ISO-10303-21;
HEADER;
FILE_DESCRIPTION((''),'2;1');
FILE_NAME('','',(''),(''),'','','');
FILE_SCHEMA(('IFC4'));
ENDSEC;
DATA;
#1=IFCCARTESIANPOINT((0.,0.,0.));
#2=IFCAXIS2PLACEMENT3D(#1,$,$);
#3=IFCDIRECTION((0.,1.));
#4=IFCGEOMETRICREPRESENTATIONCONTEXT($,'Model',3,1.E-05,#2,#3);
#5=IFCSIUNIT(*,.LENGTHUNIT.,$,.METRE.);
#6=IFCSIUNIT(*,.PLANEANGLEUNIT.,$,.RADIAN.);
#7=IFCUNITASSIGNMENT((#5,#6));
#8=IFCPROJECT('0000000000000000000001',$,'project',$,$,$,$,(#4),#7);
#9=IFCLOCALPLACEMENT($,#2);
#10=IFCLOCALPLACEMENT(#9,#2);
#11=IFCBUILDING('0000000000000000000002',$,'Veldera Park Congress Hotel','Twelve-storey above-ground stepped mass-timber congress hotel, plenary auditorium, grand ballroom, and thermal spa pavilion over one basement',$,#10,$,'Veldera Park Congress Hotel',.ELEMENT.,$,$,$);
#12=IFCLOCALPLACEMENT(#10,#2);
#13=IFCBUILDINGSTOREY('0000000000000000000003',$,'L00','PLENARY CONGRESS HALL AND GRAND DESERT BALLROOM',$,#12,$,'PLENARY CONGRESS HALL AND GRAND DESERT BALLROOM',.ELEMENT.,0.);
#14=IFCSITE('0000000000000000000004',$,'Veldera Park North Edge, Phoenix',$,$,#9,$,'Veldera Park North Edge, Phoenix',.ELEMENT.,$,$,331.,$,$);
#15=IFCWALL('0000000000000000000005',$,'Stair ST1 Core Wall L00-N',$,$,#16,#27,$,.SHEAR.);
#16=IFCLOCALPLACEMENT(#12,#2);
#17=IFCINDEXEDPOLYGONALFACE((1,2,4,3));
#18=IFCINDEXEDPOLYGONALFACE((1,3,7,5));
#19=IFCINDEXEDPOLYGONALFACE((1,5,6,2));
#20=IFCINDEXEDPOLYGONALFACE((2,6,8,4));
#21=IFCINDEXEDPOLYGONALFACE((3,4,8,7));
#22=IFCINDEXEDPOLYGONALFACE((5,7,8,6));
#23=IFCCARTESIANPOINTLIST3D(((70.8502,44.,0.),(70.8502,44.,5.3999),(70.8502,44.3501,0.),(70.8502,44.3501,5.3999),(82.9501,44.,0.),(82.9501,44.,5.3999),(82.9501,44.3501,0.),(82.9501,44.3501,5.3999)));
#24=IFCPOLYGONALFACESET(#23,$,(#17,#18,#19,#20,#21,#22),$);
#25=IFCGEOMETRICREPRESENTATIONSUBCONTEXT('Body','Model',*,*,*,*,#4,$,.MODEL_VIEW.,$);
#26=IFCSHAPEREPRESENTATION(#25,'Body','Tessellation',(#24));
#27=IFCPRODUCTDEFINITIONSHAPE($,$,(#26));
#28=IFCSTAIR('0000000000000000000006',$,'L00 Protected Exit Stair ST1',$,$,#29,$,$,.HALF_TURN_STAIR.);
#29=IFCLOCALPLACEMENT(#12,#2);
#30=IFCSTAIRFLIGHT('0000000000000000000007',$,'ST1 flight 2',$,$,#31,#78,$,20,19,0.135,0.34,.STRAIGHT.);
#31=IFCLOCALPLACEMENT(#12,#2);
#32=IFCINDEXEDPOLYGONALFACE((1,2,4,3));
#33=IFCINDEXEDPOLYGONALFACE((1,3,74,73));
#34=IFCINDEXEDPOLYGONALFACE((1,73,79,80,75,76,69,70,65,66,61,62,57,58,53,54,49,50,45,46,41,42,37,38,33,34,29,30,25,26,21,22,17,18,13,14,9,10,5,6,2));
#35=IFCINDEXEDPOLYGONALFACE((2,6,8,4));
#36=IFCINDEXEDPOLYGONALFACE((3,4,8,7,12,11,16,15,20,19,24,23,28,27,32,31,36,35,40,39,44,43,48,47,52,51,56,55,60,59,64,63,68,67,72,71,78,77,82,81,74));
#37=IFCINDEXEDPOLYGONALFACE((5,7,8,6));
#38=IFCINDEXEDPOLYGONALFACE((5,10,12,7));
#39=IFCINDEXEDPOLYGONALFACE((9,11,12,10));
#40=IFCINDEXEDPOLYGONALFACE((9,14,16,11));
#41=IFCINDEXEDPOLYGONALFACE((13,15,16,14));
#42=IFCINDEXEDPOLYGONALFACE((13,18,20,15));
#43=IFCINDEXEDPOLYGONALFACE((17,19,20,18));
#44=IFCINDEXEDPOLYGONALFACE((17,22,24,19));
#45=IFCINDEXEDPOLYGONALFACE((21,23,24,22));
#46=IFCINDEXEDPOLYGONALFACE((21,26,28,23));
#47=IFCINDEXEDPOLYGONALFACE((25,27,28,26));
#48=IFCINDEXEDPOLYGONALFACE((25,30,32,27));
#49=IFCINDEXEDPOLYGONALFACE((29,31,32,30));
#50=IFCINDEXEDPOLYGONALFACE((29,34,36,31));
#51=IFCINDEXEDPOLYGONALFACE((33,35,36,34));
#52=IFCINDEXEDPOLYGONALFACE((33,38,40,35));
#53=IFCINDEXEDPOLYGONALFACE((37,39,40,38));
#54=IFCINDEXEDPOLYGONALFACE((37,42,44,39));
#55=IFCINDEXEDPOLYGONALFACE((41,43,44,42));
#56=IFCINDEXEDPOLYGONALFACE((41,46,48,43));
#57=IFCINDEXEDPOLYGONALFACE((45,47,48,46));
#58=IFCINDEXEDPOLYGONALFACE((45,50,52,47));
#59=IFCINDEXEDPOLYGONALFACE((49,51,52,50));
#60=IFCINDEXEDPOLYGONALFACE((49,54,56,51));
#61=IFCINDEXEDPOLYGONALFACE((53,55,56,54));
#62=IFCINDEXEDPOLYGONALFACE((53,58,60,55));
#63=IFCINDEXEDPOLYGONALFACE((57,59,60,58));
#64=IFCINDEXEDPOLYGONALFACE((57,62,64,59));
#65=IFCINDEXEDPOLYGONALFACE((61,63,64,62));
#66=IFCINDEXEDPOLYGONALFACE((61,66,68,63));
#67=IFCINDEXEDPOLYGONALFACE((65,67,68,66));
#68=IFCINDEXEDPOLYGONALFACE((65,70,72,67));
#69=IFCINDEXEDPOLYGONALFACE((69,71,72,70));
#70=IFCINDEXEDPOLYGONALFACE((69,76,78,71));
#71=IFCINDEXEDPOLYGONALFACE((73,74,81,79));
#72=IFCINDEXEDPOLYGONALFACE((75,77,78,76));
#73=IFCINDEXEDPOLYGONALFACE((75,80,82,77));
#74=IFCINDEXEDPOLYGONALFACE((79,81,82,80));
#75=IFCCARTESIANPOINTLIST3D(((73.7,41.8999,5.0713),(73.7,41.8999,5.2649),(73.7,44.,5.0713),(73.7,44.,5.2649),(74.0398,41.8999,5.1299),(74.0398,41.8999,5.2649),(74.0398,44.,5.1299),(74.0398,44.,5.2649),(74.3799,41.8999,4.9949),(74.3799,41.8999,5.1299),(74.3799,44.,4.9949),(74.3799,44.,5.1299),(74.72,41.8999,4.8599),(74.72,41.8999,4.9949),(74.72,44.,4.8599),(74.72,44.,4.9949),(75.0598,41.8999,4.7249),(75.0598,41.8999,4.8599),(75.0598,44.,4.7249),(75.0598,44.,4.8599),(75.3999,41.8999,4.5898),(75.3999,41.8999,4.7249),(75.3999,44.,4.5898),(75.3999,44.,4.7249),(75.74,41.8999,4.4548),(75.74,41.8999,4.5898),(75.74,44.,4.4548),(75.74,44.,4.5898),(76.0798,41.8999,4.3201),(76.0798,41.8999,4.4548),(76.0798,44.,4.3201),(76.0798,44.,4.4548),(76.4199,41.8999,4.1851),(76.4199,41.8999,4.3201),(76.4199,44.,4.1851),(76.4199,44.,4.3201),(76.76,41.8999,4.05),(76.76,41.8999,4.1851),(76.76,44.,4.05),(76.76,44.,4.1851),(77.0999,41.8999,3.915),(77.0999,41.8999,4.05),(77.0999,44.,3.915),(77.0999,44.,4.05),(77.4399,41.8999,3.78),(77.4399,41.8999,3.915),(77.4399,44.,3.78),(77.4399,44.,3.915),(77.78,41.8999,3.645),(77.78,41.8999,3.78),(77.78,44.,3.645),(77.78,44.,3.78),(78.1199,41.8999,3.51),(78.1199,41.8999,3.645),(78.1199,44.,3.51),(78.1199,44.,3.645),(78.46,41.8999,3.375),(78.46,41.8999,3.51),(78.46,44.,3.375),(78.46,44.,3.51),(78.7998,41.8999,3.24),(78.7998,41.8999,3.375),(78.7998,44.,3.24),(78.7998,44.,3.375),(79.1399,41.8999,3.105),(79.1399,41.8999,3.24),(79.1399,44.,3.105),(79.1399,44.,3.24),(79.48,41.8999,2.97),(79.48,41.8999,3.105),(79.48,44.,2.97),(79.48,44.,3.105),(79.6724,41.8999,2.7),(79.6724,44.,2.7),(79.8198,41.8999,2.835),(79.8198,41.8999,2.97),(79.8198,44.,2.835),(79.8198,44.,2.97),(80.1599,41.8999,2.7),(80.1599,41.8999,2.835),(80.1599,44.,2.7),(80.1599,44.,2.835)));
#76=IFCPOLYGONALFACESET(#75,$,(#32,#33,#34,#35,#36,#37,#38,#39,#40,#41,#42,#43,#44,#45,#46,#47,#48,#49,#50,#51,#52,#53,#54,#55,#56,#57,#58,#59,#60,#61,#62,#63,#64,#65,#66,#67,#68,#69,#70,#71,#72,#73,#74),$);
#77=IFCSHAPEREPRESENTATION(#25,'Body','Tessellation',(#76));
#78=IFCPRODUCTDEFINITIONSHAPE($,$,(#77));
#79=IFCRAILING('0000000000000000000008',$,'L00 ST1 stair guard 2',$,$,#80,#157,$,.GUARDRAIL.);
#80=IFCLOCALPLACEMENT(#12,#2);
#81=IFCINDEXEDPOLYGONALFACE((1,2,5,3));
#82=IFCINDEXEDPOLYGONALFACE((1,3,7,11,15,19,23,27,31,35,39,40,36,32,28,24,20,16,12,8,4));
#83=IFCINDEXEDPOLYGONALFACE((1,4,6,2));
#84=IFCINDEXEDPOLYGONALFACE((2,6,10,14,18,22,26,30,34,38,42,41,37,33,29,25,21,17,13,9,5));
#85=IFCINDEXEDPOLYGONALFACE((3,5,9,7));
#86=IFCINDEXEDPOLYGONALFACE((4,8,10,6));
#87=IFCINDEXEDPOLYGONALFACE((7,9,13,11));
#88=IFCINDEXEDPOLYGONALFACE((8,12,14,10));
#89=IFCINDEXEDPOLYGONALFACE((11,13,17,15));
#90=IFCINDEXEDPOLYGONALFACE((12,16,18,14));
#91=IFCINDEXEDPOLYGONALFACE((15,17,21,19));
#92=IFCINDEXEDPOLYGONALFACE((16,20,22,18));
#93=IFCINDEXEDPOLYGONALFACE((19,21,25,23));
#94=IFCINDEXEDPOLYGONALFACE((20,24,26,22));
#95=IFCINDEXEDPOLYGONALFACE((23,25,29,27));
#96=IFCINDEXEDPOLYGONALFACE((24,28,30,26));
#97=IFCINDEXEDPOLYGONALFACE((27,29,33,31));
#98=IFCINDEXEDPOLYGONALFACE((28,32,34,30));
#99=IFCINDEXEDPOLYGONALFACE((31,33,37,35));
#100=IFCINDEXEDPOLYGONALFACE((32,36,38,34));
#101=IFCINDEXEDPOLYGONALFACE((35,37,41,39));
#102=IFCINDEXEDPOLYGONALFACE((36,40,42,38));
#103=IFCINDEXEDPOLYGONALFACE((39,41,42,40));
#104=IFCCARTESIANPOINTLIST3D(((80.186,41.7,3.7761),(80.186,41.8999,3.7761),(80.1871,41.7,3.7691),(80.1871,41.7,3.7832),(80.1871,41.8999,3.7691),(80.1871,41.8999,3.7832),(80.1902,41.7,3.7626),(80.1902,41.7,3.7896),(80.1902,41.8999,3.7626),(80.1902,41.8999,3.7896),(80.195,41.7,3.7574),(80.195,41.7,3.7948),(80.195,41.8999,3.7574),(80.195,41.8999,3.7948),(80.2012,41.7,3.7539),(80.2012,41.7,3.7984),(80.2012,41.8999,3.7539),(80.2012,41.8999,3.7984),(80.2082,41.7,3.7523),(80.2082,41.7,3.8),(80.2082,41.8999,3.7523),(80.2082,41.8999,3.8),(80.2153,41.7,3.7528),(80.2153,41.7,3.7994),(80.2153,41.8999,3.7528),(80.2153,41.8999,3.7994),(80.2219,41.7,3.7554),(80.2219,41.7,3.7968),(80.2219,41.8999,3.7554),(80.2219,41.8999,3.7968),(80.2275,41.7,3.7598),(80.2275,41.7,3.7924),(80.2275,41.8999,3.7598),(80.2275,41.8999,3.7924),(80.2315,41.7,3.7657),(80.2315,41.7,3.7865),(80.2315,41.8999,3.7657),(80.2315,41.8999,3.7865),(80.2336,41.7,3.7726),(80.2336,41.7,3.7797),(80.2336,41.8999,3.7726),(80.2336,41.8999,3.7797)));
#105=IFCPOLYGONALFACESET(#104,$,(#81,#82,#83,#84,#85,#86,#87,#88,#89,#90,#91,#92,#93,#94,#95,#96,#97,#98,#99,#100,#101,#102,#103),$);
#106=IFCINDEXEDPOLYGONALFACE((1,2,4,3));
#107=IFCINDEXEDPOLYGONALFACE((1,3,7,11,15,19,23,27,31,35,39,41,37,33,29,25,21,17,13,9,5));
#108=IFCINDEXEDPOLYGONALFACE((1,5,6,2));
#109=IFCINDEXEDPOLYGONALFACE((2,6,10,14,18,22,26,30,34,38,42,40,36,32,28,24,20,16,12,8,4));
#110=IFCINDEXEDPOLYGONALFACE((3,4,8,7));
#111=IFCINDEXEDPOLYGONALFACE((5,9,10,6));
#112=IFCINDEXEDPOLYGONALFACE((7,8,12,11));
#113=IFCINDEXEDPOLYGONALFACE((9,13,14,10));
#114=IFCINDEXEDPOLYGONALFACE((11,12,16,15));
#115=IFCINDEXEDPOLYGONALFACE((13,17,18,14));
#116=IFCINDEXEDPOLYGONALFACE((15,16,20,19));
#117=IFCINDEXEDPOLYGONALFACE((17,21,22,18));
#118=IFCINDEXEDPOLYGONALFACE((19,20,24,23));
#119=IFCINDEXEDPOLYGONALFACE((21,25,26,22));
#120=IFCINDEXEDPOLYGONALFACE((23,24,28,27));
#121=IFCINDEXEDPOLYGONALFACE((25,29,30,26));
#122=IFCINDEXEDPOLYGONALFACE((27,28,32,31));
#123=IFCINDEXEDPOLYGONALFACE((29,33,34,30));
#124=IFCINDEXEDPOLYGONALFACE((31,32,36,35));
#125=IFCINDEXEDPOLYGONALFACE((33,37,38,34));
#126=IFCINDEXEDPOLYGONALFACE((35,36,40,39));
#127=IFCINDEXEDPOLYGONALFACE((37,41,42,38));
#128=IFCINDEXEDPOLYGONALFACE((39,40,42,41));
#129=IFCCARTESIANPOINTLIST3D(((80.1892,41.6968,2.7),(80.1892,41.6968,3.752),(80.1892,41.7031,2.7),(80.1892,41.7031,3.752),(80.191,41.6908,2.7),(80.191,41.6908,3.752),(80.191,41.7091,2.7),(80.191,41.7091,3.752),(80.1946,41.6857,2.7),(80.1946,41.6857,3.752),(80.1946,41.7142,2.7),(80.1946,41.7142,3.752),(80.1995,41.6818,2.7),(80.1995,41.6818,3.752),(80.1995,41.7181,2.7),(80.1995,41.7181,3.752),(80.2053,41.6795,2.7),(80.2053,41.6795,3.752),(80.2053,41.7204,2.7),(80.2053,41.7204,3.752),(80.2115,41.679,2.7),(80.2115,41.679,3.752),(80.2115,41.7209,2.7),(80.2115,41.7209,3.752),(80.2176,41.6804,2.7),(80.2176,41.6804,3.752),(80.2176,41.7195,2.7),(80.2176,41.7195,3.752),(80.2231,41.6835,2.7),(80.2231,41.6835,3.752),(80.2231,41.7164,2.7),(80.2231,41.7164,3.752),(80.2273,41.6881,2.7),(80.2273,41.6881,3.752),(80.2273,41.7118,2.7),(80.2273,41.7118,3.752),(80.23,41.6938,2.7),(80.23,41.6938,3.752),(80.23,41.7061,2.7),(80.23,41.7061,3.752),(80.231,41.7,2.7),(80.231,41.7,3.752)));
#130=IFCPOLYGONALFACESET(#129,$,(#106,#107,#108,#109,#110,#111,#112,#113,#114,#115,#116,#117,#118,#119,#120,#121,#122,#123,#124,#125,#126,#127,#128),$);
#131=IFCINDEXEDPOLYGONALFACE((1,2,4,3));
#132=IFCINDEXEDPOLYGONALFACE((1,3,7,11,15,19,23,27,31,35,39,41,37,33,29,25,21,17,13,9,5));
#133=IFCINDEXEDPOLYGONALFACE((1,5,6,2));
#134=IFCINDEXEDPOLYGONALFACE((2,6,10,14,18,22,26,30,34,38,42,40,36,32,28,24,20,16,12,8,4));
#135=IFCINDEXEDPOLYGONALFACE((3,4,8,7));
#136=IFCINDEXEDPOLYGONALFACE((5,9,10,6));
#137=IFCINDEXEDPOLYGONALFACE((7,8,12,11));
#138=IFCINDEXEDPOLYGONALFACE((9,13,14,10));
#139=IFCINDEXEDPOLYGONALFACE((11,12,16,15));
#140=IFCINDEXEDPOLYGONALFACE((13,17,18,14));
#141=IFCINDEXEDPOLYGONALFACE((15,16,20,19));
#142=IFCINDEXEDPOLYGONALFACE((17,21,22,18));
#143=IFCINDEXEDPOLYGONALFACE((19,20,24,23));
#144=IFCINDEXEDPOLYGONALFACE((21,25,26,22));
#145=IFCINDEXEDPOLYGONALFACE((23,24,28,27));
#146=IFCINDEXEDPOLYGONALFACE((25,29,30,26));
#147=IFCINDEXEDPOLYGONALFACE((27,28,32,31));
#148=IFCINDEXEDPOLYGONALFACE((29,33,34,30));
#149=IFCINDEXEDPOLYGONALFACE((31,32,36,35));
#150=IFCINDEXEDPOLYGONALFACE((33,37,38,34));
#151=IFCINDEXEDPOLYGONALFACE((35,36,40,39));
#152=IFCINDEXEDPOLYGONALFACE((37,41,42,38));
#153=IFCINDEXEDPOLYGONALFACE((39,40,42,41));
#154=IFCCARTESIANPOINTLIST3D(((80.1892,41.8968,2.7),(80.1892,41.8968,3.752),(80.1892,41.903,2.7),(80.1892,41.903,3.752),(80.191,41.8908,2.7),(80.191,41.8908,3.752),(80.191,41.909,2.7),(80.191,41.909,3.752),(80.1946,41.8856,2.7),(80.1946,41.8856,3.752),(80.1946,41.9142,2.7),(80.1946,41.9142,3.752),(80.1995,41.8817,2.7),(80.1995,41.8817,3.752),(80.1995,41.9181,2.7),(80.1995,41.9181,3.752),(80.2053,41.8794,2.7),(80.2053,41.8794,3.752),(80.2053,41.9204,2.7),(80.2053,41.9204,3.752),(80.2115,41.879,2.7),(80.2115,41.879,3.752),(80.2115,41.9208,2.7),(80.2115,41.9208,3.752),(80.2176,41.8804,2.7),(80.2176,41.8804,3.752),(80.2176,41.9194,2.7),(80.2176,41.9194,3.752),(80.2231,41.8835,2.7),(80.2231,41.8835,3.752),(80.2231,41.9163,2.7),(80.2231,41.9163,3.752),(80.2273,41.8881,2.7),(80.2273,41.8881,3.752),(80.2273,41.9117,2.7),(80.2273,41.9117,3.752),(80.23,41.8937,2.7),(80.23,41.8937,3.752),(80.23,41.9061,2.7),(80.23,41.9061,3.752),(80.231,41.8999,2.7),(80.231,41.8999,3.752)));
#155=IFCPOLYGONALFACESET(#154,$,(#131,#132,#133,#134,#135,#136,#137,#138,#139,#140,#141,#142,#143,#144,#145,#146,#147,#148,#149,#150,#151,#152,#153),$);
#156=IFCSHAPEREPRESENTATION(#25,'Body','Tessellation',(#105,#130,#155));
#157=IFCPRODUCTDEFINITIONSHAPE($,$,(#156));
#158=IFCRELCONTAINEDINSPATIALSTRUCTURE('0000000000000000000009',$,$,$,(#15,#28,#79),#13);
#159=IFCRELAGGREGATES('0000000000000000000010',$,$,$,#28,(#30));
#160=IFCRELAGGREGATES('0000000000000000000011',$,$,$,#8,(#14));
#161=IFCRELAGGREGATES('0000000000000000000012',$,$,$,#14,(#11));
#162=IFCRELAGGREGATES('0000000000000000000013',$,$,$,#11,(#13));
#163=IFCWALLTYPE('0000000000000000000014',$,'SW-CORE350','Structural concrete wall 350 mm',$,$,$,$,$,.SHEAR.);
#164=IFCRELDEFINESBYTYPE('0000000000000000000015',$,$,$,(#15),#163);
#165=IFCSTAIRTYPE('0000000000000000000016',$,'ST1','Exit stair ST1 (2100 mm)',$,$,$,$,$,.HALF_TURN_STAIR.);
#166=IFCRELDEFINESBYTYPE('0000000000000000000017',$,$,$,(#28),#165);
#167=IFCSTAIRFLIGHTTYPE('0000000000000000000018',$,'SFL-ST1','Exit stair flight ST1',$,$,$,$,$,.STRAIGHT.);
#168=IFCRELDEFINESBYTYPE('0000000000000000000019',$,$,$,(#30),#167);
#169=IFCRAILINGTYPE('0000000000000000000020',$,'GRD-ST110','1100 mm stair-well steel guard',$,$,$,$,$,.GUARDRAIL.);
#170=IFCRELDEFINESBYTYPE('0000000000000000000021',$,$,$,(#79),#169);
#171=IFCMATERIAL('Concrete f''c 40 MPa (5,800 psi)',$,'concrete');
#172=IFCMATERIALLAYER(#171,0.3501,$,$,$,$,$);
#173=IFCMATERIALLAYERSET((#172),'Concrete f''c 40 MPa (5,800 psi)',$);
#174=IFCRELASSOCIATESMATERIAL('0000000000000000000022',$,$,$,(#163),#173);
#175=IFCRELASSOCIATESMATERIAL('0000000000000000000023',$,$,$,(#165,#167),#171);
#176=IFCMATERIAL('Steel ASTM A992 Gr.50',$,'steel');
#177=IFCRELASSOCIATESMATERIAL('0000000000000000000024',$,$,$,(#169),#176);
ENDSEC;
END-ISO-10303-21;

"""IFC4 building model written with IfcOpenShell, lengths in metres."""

from ifc_helpers import new_model, si_unit, direction, frame, frame_2d, origin, origin_2d, place, context, subcontext, project, spatial, polyline, rectangle, circle, outline, extrude, material, layer, layer_set, type_object, element, aggregate, save


model = new_model("IFC4")

# Units and contexts
model_context = context("Model", 3, precision=1e-05, world=origin(), true_north=direction((0.0, 1.0)))
body_context = subcontext(model_context, "Body", "Model", "MODEL_VIEW")
ifc_project = project(units=[si_unit("LENGTHUNIT", "METRE"), si_unit("PLANEANGLEUNIT", "RADIAN")], contexts=[model_context])

# Site, building, storey
site_placement = place(None, origin())
site = spatial("IfcSite", under=ifc_project, at=site_placement, Name="Veldera Park North Edge, Phoenix", LongName="Veldera Park North Edge, Phoenix", CompositionType="ELEMENT", RefElevation=331.0)
building_placement = place(site_placement, origin())
building = spatial("IfcBuilding", under=site, at=building_placement, Name="Veldera Park Congress Hotel", Description="Twelve-storey above-ground stepped mass-timber congress hotel, plenary auditorium, grand ballroom, and thermal spa pavilion over one basement", LongName="Veldera Park Congress Hotel", CompositionType="ELEMENT")
storey_placement = place(building_placement, origin())
storey = spatial("IfcBuildingStorey", under=building, at=storey_placement, Name="L00", Description="PLENARY CONGRESS HALL AND GRAND DESERT BALLROOM", LongName="PLENARY CONGRESS HALL AND GRAND DESERT BALLROOM", CompositionType="ELEMENT", Elevation=0.0)

# Shared definitions
ifc_material_1 = material(Name="Concrete f'c 40 MPa (5,800 psi)", Category="concrete")

# Shared definitions
ifc_material_2 = material(Name="Steel ASTM A992 Gr.50", Category="steel")

# Wall
ifc_layer_1 = layer(ifc_material_1, 0.3501)
ifc_layer_set_1 = layer_set([ifc_layer_1], Name="Concrete f'c 40 MPa (5,800 psi)")
wall_type_1 = type_object("IfcWallType", Name="SW-CORE350", Description="Structural concrete wall 350 mm", PredefinedType="SHEAR", material=ifc_layer_set_1)
wall_1_placement = place(storey_placement, frame((82.95, 44.175, 0.0), z_axis=(0.0, 0.0, 1.0), x_axis=(-1.0, 0.0, 0.0)))
element("IfcWall", 1, at=wall_1_placement, inside=storey, type_object=wall_type_1, Name="Stair ST1 Core Wall L00-N", PredefinedType="SHEAR", context=body_context, shape_type="SweptSolid", body=[
    extrude(rectangle(XDim=12.0999, YDim=0.3501, at=frame_2d((6.0498, 0.0))), origin(), (0.0, 0.0, 1.0), 5.3999),
])

# Stair, stair flight
stair_type = type_object("IfcStairType", Name="ST1", Description="Exit stair ST1 (2100 mm)", PredefinedType="HALF_TURN_STAIR", material=ifc_material_1)
stair_placement = place(storey_placement, origin())
stair = element("IfcStair", 2, at=stair_placement, inside=storey, type_object=stair_type, Name="L00 Protected Exit Stair ST1", PredefinedType="HALF_TURN_STAIR")
stair_flight_type = type_object("IfcStairFlightType", Name="SFL-ST1", Description="Exit stair flight ST1", PredefinedType="STRAIGHT", material=ifc_material_1)
stair_flight_placement = place(storey_placement, frame((80.1599, 42.95, 2.7), z_axis=(0.0, 0.0, 1.0), x_axis=(-1.0, 0.0, 0.0)))
stair_flight = element("IfcStairFlight", 3, at=stair_flight_placement, type_object=stair_flight_type, Name="ST1 flight 2", NumberOfRisers=20, NumberOfTreads=19, PredefinedType="STRAIGHT", RiserHeight=0.135, TreadLength=0.34, context=body_context, shape_type="SweptSolid", body=[
    extrude(outline(polyline([(0.0, 0.0), (0.0, 0.135), (0.3401, 0.135), (0.3401, 0.27), (0.6799, 0.27), (0.6799, 0.405), (1.02, 0.405), (1.02, 0.54), (1.3601, 0.54), (1.3601, 0.675), (1.7, 0.675), (1.7, 0.8101), (2.04, 0.8101), (2.04, 0.9451), (2.3799, 0.9451), (2.3799, 1.0801), (2.72, 1.0801), (2.72, 1.2151), (3.0601, 1.2151), (3.0601, 1.3501), (3.3999, 1.3501), (3.3999, 1.4851), (3.74, 1.4851), (3.74, 1.6201), (4.0801, 1.6201), (4.0801, 1.7549), (4.4199, 1.7549), (4.4199, 1.8899), (4.76, 1.8899), (4.76, 2.0249), (5.1001, 2.0249), (5.1001, 2.1599), (5.4399, 2.1599), (5.4399, 2.2949), (5.78, 2.2949), (5.78, 2.4299), (6.1201, 2.4299), (6.1201, 2.5649), (6.46, 2.5649), (6.46, 2.7), (6.46, 2.7), (6.46, 2.3713), (0.4875, 0.0), (0.0, 0.0)])), frame((0.0, 1.05, 0.0), z_axis=(0.0, -1.0, 0.0), x_axis=(1.0, 0.0, 0.0)), (0.0, 0.0, 1.0), 2.1001),
])
aggregate(stair, [stair_flight])

# Railing
railing_type_1 = type_object("IfcRailingType", Name="GRD-ST110", Description="1100 mm stair-well steel guard", PredefinedType="GUARDRAIL", material=ifc_material_2)
railing_1_placement = place(storey_placement, frame((80.21, 41.7, 2.7)))
element("IfcRailing", 4, at=railing_1_placement, inside=storey, type_object=railing_type_1, Name="L00 ST1 stair guard 2", PredefinedType="GUARDRAIL", context=body_context, shape_type="SweptSolid", body=[
    extrude(circle(Radius=0.0239, at=origin_2d()), frame((0.0, 0.0, 1.0762), z_axis=(0.0, 1.0, 0.0), x_axis=(-1.0, 0.0, 0.0)), (0.0, 0.0, 1.0), 0.2),
    extrude(circle(Radius=0.021, at=origin_2d()), origin(), (0.0, 0.0, 1.0), 1.052),
    extrude(circle(Radius=0.021, at=origin_2d()), frame((0.0, 0.2, 0.0)), (0.0, 0.0, 1.0), 1.052),
])

save(model, "model.ifc")
